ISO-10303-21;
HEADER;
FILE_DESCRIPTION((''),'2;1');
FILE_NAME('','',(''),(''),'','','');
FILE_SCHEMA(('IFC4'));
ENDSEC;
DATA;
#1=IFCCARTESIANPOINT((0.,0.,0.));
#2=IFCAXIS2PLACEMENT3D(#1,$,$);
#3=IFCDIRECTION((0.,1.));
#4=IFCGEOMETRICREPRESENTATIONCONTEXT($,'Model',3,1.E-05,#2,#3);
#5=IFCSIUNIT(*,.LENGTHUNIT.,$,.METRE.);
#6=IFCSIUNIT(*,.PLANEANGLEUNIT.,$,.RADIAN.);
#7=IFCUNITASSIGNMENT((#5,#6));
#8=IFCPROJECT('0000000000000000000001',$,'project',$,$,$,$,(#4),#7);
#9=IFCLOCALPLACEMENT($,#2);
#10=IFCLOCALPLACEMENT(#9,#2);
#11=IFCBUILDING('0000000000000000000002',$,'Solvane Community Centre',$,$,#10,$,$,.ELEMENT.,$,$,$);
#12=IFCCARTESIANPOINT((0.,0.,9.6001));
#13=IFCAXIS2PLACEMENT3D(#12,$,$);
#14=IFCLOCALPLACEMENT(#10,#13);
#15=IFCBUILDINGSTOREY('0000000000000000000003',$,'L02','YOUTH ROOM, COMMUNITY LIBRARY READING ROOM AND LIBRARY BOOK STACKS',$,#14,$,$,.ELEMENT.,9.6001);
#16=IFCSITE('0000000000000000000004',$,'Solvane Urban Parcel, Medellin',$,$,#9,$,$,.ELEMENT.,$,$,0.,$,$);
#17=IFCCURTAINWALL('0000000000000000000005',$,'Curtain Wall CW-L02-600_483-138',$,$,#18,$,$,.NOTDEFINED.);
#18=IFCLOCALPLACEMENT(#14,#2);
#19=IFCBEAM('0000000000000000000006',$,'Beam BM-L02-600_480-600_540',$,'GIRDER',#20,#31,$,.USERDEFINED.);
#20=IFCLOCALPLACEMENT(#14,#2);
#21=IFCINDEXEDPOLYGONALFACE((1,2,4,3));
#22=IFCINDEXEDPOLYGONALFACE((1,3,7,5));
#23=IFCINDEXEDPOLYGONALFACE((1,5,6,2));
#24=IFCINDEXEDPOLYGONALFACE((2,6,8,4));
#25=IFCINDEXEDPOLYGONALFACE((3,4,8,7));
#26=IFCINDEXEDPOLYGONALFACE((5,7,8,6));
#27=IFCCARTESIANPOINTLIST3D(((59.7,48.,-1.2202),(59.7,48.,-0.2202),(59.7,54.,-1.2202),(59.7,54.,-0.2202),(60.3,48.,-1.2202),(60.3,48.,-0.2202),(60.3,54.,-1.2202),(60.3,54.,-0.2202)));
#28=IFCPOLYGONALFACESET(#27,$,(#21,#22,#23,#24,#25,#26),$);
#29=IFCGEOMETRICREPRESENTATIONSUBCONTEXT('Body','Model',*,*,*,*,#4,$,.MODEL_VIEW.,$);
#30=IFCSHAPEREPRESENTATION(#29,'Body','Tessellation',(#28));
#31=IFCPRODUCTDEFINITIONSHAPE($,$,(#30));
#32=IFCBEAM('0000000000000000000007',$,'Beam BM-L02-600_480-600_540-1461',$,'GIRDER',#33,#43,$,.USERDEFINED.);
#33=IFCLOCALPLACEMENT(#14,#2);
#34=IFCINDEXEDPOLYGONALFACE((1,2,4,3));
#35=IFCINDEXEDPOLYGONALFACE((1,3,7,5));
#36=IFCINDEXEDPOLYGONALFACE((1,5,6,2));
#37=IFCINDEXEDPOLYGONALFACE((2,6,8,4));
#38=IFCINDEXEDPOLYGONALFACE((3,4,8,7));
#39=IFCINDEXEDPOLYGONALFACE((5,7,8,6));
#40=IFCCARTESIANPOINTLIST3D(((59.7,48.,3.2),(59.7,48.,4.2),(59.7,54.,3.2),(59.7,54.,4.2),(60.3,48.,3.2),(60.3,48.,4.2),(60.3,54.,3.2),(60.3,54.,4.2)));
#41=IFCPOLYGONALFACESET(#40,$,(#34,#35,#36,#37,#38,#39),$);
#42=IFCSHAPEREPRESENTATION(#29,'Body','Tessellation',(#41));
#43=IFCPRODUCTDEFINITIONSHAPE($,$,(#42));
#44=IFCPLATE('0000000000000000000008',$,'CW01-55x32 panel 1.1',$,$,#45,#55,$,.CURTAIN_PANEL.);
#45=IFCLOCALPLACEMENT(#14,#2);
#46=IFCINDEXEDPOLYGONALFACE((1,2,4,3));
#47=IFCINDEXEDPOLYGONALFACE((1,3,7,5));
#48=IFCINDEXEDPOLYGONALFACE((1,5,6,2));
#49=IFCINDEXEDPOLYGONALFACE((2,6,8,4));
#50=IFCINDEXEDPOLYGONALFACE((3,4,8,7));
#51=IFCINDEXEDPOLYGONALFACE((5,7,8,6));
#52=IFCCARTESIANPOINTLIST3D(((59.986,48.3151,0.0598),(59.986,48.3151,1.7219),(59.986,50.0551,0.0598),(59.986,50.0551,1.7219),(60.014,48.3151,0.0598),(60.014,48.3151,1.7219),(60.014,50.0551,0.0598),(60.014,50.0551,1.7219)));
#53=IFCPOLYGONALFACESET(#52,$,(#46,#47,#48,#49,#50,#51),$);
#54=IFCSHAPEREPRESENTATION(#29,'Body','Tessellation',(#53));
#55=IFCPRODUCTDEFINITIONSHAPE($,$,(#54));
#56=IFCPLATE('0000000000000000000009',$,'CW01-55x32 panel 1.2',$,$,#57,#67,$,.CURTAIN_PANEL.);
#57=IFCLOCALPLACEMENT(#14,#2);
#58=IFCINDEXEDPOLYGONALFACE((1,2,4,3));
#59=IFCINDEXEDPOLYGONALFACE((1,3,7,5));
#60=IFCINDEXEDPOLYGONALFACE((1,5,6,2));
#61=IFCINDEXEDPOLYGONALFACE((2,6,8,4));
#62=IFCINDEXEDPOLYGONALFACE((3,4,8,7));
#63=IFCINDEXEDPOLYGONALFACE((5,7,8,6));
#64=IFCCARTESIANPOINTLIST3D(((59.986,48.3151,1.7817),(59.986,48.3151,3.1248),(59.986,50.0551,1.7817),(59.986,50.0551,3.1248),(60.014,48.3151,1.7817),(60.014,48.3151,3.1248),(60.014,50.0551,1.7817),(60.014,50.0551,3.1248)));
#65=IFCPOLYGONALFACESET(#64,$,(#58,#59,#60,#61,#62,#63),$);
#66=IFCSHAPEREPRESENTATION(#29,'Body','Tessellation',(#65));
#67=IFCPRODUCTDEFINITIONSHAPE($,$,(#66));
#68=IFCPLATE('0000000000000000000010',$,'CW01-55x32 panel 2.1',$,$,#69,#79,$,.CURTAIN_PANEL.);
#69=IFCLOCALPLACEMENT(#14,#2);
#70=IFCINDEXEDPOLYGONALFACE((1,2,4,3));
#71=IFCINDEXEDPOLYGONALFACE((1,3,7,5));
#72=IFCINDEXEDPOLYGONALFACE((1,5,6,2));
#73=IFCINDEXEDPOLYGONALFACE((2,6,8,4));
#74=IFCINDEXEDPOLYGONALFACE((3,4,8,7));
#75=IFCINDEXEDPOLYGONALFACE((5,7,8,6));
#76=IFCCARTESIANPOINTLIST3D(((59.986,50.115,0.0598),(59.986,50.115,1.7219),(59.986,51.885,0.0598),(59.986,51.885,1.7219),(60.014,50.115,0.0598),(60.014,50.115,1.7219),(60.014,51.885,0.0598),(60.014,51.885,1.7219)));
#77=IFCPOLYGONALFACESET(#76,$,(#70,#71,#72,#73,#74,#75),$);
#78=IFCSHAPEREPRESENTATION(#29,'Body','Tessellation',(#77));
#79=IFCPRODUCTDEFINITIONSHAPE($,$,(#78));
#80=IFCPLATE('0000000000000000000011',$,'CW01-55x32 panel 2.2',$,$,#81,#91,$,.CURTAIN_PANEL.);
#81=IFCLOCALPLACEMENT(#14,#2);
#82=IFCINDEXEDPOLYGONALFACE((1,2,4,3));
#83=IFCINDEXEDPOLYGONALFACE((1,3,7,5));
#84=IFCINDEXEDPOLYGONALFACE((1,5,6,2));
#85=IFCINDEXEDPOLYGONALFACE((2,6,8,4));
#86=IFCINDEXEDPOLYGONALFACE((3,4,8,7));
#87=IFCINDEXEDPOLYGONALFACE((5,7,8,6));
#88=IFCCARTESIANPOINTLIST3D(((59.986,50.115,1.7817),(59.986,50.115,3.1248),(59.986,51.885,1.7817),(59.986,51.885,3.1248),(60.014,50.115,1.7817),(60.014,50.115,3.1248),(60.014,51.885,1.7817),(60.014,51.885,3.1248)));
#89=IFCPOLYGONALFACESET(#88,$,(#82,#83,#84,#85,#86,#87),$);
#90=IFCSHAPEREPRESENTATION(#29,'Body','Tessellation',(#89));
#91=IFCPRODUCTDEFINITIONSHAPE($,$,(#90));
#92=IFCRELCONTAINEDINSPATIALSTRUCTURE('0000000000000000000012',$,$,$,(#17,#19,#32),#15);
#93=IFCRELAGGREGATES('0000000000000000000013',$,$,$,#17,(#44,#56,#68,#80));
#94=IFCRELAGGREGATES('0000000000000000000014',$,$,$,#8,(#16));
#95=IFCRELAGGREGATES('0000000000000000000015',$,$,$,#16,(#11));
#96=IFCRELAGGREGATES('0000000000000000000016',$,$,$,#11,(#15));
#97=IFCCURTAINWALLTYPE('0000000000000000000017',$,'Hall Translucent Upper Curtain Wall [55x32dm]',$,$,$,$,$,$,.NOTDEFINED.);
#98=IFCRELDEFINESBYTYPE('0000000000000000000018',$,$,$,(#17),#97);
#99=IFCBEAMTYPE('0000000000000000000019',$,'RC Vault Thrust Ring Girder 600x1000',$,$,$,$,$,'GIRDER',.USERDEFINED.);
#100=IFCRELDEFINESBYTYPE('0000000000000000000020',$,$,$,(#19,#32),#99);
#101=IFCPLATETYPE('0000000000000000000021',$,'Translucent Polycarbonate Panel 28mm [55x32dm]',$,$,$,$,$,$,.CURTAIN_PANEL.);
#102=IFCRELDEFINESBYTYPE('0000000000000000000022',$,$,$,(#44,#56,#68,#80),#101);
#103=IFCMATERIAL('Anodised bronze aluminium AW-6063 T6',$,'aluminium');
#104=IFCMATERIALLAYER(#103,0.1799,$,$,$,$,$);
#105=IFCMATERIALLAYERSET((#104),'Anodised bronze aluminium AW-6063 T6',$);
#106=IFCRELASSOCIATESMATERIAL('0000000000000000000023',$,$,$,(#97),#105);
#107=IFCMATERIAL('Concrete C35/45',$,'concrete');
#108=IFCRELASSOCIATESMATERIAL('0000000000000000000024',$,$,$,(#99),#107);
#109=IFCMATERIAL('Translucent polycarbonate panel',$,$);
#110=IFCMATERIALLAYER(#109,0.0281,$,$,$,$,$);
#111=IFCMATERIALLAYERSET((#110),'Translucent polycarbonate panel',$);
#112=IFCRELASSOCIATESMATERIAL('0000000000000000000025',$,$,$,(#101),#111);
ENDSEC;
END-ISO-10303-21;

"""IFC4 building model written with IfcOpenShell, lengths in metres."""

from ifc_helpers import new_model, si_unit, direction, frame, origin, origin_2d, place, context, subcontext, project, spatial, rectangle, extrude, material, layer, layer_set, material_profile, profile_set, type_object, element, aggregate, save


model = new_model("IFC4")

# Units and contexts
model_context = context("Model", 3, precision=1e-05, world=origin(), true_north=direction((0.0, 1.0)))
body_context = subcontext(model_context, "Body", "Model", "MODEL_VIEW")
ifc_project = project(units=[si_unit("LENGTHUNIT", "METRE"), si_unit("PLANEANGLEUNIT", "RADIAN")], contexts=[model_context])

# Site, building, storey
site_placement = place(None, origin())
site = spatial("IfcSite", under=ifc_project, at=site_placement, Name="Solvane Urban Parcel, Medellin", CompositionType="ELEMENT", RefElevation=0.0)
building_placement = place(site_placement, origin())
building = spatial("IfcBuilding", under=site, at=building_placement, Name="Solvane Community Centre", CompositionType="ELEMENT")
storey_placement = place(building_placement, frame((0.0, 0.0, 9.6001)))
storey = spatial("IfcBuildingStorey", under=building, at=storey_placement, Name="L02", Description="YOUTH ROOM, COMMUNITY LIBRARY READING ROOM AND LIBRARY BOOK STACKS", CompositionType="ELEMENT", Elevation=9.6001)

# Curtain wall
ifc_material_1 = material(Name="Anodised bronze aluminium AW-6063 T6", Category="aluminium")
ifc_layer_1 = layer(ifc_material_1, 0.1799)
ifc_layer_set_1 = layer_set([ifc_layer_1], Name="Anodised bronze aluminium AW-6063 T6")
curtain_wall_type = type_object("IfcCurtainWallType", Name="Hall Translucent Upper Curtain Wall [55x32dm]", PredefinedType="NOTDEFINED", material=ifc_layer_set_1)
curtain_wall_placement = place(storey_placement, origin())
curtain_wall = element("IfcCurtainWall", 1, at=curtain_wall_placement, inside=storey, type_object=curtain_wall_type, Name="Curtain Wall CW-L02-600_483-138", PredefinedType="NOTDEFINED")

# Beams
ifc_material_2 = material(Name="Concrete C35/45", Category="concrete")
ifc_material_profile_1 = material_profile(ifc_material_2, rectangle(XDim=0.6001, YDim=1.0, at=origin_2d()), Name="RC 600x1000")
ifc_profile_set_1 = profile_set([ifc_material_profile_1], Name="Concrete C35/45")
beam_type_1 = type_object("IfcBeamType", Name="RC Vault Thrust Ring Girder 600x1000", ElementType="GIRDER", PredefinedType="USERDEFINED", material=ifc_profile_set_1)
for number, where, z_axis, x_axis, name in (
    (2, (60.0, 48.0, -0.7202), (0.0, 1.0, 0.0), (-1.0, 0.0, 0.0), "Beam BM-L02-600_480-600_540"),
    (3, (60.0, 48.0, 3.7), (0.0, 1.0, 0.0), (-1.0, 0.0, 0.0), "Beam BM-L02-600_480-600_540-1461"),
):
    element("IfcBeam", number, at=place(storey_placement, frame(where, z_axis=z_axis, x_axis=x_axis)), inside=storey, type_object=beam_type_1, Name=name, ObjectType="GIRDER", PredefinedType="USERDEFINED", context=body_context, shape_type="SweptSolid", body=[
        extrude(rectangle(XDim=0.6001, YDim=1.0, at=origin_2d()), origin(), (0.0, 0.0, 1.0), 6.0),
    ])

# Plates
ifc_material_3 = material(Name="Translucent polycarbonate panel")
ifc_layer_2 = layer(ifc_material_3, 0.0281)
ifc_layer_set_2 = layer_set([ifc_layer_2], Name="Translucent polycarbonate panel")
plate_type = type_object("IfcPlateType", Name="Translucent Polycarbonate Panel 28mm [55x32dm]", PredefinedType="CURTAIN_PANEL", material=ifc_layer_set_2)
plate_1_placement = place(storey_placement, frame((60.0, 49.1851, 0.0598), z_axis=(0.0, 0.0, 1.0), x_axis=(0.0, 1.0, 0.0)))
plate_1 = element("IfcPlate", 4, at=plate_1_placement, type_object=plate_type, Name="CW01-55x32 panel 1.1", PredefinedType="CURTAIN_PANEL", context=body_context, shape_type="SweptSolid", body=[
    extrude(rectangle(XDim=1.74, YDim=0.0281, at=origin_2d()), origin(), (0.0, 0.0, 1.0), 1.6621),
])
plate_2_placement = place(storey_placement, frame((60.0, 49.1851, 1.7817), z_axis=(0.0, 0.0, 1.0), x_axis=(0.0, 1.0, 0.0)))
plate_2 = element("IfcPlate", 5, at=plate_2_placement, type_object=plate_type, Name="CW01-55x32 panel 1.2", PredefinedType="CURTAIN_PANEL", context=body_context, shape_type="SweptSolid", body=[
    extrude(rectangle(XDim=1.74, YDim=0.0281, at=origin_2d()), origin(), (0.0, 0.0, 1.0), 1.343),
])
plate_3_placement = place(storey_placement, frame((60.0, 51.0, 0.0598), z_axis=(0.0, 0.0, 1.0), x_axis=(0.0, 1.0, 0.0)))
plate_3 = element("IfcPlate", 6, at=plate_3_placement, type_object=plate_type, Name="CW01-55x32 panel 2.1", PredefinedType="CURTAIN_PANEL", context=body_context, shape_type="SweptSolid", body=[
    extrude(rectangle(XDim=1.77, YDim=0.0281, at=origin_2d()), origin(), (0.0, 0.0, 1.0), 1.6621),
])
plate_4_placement = place(storey_placement, frame((60.0, 51.0, 1.7817), z_axis=(0.0, 0.0, 1.0), x_axis=(0.0, 1.0, 0.0)))
plate_4 = element("IfcPlate", 7, at=plate_4_placement, type_object=plate_type, Name="CW01-55x32 panel 2.2", PredefinedType="CURTAIN_PANEL", context=body_context, shape_type="SweptSolid", body=[
    extrude(rectangle(XDim=1.77, YDim=0.0281, at=origin_2d()), origin(), (0.0, 0.0, 1.0), 1.343),
])
aggregate(curtain_wall, [plate_1, plate_2, plate_3, plate_4])

save(model, "model.ifc")
